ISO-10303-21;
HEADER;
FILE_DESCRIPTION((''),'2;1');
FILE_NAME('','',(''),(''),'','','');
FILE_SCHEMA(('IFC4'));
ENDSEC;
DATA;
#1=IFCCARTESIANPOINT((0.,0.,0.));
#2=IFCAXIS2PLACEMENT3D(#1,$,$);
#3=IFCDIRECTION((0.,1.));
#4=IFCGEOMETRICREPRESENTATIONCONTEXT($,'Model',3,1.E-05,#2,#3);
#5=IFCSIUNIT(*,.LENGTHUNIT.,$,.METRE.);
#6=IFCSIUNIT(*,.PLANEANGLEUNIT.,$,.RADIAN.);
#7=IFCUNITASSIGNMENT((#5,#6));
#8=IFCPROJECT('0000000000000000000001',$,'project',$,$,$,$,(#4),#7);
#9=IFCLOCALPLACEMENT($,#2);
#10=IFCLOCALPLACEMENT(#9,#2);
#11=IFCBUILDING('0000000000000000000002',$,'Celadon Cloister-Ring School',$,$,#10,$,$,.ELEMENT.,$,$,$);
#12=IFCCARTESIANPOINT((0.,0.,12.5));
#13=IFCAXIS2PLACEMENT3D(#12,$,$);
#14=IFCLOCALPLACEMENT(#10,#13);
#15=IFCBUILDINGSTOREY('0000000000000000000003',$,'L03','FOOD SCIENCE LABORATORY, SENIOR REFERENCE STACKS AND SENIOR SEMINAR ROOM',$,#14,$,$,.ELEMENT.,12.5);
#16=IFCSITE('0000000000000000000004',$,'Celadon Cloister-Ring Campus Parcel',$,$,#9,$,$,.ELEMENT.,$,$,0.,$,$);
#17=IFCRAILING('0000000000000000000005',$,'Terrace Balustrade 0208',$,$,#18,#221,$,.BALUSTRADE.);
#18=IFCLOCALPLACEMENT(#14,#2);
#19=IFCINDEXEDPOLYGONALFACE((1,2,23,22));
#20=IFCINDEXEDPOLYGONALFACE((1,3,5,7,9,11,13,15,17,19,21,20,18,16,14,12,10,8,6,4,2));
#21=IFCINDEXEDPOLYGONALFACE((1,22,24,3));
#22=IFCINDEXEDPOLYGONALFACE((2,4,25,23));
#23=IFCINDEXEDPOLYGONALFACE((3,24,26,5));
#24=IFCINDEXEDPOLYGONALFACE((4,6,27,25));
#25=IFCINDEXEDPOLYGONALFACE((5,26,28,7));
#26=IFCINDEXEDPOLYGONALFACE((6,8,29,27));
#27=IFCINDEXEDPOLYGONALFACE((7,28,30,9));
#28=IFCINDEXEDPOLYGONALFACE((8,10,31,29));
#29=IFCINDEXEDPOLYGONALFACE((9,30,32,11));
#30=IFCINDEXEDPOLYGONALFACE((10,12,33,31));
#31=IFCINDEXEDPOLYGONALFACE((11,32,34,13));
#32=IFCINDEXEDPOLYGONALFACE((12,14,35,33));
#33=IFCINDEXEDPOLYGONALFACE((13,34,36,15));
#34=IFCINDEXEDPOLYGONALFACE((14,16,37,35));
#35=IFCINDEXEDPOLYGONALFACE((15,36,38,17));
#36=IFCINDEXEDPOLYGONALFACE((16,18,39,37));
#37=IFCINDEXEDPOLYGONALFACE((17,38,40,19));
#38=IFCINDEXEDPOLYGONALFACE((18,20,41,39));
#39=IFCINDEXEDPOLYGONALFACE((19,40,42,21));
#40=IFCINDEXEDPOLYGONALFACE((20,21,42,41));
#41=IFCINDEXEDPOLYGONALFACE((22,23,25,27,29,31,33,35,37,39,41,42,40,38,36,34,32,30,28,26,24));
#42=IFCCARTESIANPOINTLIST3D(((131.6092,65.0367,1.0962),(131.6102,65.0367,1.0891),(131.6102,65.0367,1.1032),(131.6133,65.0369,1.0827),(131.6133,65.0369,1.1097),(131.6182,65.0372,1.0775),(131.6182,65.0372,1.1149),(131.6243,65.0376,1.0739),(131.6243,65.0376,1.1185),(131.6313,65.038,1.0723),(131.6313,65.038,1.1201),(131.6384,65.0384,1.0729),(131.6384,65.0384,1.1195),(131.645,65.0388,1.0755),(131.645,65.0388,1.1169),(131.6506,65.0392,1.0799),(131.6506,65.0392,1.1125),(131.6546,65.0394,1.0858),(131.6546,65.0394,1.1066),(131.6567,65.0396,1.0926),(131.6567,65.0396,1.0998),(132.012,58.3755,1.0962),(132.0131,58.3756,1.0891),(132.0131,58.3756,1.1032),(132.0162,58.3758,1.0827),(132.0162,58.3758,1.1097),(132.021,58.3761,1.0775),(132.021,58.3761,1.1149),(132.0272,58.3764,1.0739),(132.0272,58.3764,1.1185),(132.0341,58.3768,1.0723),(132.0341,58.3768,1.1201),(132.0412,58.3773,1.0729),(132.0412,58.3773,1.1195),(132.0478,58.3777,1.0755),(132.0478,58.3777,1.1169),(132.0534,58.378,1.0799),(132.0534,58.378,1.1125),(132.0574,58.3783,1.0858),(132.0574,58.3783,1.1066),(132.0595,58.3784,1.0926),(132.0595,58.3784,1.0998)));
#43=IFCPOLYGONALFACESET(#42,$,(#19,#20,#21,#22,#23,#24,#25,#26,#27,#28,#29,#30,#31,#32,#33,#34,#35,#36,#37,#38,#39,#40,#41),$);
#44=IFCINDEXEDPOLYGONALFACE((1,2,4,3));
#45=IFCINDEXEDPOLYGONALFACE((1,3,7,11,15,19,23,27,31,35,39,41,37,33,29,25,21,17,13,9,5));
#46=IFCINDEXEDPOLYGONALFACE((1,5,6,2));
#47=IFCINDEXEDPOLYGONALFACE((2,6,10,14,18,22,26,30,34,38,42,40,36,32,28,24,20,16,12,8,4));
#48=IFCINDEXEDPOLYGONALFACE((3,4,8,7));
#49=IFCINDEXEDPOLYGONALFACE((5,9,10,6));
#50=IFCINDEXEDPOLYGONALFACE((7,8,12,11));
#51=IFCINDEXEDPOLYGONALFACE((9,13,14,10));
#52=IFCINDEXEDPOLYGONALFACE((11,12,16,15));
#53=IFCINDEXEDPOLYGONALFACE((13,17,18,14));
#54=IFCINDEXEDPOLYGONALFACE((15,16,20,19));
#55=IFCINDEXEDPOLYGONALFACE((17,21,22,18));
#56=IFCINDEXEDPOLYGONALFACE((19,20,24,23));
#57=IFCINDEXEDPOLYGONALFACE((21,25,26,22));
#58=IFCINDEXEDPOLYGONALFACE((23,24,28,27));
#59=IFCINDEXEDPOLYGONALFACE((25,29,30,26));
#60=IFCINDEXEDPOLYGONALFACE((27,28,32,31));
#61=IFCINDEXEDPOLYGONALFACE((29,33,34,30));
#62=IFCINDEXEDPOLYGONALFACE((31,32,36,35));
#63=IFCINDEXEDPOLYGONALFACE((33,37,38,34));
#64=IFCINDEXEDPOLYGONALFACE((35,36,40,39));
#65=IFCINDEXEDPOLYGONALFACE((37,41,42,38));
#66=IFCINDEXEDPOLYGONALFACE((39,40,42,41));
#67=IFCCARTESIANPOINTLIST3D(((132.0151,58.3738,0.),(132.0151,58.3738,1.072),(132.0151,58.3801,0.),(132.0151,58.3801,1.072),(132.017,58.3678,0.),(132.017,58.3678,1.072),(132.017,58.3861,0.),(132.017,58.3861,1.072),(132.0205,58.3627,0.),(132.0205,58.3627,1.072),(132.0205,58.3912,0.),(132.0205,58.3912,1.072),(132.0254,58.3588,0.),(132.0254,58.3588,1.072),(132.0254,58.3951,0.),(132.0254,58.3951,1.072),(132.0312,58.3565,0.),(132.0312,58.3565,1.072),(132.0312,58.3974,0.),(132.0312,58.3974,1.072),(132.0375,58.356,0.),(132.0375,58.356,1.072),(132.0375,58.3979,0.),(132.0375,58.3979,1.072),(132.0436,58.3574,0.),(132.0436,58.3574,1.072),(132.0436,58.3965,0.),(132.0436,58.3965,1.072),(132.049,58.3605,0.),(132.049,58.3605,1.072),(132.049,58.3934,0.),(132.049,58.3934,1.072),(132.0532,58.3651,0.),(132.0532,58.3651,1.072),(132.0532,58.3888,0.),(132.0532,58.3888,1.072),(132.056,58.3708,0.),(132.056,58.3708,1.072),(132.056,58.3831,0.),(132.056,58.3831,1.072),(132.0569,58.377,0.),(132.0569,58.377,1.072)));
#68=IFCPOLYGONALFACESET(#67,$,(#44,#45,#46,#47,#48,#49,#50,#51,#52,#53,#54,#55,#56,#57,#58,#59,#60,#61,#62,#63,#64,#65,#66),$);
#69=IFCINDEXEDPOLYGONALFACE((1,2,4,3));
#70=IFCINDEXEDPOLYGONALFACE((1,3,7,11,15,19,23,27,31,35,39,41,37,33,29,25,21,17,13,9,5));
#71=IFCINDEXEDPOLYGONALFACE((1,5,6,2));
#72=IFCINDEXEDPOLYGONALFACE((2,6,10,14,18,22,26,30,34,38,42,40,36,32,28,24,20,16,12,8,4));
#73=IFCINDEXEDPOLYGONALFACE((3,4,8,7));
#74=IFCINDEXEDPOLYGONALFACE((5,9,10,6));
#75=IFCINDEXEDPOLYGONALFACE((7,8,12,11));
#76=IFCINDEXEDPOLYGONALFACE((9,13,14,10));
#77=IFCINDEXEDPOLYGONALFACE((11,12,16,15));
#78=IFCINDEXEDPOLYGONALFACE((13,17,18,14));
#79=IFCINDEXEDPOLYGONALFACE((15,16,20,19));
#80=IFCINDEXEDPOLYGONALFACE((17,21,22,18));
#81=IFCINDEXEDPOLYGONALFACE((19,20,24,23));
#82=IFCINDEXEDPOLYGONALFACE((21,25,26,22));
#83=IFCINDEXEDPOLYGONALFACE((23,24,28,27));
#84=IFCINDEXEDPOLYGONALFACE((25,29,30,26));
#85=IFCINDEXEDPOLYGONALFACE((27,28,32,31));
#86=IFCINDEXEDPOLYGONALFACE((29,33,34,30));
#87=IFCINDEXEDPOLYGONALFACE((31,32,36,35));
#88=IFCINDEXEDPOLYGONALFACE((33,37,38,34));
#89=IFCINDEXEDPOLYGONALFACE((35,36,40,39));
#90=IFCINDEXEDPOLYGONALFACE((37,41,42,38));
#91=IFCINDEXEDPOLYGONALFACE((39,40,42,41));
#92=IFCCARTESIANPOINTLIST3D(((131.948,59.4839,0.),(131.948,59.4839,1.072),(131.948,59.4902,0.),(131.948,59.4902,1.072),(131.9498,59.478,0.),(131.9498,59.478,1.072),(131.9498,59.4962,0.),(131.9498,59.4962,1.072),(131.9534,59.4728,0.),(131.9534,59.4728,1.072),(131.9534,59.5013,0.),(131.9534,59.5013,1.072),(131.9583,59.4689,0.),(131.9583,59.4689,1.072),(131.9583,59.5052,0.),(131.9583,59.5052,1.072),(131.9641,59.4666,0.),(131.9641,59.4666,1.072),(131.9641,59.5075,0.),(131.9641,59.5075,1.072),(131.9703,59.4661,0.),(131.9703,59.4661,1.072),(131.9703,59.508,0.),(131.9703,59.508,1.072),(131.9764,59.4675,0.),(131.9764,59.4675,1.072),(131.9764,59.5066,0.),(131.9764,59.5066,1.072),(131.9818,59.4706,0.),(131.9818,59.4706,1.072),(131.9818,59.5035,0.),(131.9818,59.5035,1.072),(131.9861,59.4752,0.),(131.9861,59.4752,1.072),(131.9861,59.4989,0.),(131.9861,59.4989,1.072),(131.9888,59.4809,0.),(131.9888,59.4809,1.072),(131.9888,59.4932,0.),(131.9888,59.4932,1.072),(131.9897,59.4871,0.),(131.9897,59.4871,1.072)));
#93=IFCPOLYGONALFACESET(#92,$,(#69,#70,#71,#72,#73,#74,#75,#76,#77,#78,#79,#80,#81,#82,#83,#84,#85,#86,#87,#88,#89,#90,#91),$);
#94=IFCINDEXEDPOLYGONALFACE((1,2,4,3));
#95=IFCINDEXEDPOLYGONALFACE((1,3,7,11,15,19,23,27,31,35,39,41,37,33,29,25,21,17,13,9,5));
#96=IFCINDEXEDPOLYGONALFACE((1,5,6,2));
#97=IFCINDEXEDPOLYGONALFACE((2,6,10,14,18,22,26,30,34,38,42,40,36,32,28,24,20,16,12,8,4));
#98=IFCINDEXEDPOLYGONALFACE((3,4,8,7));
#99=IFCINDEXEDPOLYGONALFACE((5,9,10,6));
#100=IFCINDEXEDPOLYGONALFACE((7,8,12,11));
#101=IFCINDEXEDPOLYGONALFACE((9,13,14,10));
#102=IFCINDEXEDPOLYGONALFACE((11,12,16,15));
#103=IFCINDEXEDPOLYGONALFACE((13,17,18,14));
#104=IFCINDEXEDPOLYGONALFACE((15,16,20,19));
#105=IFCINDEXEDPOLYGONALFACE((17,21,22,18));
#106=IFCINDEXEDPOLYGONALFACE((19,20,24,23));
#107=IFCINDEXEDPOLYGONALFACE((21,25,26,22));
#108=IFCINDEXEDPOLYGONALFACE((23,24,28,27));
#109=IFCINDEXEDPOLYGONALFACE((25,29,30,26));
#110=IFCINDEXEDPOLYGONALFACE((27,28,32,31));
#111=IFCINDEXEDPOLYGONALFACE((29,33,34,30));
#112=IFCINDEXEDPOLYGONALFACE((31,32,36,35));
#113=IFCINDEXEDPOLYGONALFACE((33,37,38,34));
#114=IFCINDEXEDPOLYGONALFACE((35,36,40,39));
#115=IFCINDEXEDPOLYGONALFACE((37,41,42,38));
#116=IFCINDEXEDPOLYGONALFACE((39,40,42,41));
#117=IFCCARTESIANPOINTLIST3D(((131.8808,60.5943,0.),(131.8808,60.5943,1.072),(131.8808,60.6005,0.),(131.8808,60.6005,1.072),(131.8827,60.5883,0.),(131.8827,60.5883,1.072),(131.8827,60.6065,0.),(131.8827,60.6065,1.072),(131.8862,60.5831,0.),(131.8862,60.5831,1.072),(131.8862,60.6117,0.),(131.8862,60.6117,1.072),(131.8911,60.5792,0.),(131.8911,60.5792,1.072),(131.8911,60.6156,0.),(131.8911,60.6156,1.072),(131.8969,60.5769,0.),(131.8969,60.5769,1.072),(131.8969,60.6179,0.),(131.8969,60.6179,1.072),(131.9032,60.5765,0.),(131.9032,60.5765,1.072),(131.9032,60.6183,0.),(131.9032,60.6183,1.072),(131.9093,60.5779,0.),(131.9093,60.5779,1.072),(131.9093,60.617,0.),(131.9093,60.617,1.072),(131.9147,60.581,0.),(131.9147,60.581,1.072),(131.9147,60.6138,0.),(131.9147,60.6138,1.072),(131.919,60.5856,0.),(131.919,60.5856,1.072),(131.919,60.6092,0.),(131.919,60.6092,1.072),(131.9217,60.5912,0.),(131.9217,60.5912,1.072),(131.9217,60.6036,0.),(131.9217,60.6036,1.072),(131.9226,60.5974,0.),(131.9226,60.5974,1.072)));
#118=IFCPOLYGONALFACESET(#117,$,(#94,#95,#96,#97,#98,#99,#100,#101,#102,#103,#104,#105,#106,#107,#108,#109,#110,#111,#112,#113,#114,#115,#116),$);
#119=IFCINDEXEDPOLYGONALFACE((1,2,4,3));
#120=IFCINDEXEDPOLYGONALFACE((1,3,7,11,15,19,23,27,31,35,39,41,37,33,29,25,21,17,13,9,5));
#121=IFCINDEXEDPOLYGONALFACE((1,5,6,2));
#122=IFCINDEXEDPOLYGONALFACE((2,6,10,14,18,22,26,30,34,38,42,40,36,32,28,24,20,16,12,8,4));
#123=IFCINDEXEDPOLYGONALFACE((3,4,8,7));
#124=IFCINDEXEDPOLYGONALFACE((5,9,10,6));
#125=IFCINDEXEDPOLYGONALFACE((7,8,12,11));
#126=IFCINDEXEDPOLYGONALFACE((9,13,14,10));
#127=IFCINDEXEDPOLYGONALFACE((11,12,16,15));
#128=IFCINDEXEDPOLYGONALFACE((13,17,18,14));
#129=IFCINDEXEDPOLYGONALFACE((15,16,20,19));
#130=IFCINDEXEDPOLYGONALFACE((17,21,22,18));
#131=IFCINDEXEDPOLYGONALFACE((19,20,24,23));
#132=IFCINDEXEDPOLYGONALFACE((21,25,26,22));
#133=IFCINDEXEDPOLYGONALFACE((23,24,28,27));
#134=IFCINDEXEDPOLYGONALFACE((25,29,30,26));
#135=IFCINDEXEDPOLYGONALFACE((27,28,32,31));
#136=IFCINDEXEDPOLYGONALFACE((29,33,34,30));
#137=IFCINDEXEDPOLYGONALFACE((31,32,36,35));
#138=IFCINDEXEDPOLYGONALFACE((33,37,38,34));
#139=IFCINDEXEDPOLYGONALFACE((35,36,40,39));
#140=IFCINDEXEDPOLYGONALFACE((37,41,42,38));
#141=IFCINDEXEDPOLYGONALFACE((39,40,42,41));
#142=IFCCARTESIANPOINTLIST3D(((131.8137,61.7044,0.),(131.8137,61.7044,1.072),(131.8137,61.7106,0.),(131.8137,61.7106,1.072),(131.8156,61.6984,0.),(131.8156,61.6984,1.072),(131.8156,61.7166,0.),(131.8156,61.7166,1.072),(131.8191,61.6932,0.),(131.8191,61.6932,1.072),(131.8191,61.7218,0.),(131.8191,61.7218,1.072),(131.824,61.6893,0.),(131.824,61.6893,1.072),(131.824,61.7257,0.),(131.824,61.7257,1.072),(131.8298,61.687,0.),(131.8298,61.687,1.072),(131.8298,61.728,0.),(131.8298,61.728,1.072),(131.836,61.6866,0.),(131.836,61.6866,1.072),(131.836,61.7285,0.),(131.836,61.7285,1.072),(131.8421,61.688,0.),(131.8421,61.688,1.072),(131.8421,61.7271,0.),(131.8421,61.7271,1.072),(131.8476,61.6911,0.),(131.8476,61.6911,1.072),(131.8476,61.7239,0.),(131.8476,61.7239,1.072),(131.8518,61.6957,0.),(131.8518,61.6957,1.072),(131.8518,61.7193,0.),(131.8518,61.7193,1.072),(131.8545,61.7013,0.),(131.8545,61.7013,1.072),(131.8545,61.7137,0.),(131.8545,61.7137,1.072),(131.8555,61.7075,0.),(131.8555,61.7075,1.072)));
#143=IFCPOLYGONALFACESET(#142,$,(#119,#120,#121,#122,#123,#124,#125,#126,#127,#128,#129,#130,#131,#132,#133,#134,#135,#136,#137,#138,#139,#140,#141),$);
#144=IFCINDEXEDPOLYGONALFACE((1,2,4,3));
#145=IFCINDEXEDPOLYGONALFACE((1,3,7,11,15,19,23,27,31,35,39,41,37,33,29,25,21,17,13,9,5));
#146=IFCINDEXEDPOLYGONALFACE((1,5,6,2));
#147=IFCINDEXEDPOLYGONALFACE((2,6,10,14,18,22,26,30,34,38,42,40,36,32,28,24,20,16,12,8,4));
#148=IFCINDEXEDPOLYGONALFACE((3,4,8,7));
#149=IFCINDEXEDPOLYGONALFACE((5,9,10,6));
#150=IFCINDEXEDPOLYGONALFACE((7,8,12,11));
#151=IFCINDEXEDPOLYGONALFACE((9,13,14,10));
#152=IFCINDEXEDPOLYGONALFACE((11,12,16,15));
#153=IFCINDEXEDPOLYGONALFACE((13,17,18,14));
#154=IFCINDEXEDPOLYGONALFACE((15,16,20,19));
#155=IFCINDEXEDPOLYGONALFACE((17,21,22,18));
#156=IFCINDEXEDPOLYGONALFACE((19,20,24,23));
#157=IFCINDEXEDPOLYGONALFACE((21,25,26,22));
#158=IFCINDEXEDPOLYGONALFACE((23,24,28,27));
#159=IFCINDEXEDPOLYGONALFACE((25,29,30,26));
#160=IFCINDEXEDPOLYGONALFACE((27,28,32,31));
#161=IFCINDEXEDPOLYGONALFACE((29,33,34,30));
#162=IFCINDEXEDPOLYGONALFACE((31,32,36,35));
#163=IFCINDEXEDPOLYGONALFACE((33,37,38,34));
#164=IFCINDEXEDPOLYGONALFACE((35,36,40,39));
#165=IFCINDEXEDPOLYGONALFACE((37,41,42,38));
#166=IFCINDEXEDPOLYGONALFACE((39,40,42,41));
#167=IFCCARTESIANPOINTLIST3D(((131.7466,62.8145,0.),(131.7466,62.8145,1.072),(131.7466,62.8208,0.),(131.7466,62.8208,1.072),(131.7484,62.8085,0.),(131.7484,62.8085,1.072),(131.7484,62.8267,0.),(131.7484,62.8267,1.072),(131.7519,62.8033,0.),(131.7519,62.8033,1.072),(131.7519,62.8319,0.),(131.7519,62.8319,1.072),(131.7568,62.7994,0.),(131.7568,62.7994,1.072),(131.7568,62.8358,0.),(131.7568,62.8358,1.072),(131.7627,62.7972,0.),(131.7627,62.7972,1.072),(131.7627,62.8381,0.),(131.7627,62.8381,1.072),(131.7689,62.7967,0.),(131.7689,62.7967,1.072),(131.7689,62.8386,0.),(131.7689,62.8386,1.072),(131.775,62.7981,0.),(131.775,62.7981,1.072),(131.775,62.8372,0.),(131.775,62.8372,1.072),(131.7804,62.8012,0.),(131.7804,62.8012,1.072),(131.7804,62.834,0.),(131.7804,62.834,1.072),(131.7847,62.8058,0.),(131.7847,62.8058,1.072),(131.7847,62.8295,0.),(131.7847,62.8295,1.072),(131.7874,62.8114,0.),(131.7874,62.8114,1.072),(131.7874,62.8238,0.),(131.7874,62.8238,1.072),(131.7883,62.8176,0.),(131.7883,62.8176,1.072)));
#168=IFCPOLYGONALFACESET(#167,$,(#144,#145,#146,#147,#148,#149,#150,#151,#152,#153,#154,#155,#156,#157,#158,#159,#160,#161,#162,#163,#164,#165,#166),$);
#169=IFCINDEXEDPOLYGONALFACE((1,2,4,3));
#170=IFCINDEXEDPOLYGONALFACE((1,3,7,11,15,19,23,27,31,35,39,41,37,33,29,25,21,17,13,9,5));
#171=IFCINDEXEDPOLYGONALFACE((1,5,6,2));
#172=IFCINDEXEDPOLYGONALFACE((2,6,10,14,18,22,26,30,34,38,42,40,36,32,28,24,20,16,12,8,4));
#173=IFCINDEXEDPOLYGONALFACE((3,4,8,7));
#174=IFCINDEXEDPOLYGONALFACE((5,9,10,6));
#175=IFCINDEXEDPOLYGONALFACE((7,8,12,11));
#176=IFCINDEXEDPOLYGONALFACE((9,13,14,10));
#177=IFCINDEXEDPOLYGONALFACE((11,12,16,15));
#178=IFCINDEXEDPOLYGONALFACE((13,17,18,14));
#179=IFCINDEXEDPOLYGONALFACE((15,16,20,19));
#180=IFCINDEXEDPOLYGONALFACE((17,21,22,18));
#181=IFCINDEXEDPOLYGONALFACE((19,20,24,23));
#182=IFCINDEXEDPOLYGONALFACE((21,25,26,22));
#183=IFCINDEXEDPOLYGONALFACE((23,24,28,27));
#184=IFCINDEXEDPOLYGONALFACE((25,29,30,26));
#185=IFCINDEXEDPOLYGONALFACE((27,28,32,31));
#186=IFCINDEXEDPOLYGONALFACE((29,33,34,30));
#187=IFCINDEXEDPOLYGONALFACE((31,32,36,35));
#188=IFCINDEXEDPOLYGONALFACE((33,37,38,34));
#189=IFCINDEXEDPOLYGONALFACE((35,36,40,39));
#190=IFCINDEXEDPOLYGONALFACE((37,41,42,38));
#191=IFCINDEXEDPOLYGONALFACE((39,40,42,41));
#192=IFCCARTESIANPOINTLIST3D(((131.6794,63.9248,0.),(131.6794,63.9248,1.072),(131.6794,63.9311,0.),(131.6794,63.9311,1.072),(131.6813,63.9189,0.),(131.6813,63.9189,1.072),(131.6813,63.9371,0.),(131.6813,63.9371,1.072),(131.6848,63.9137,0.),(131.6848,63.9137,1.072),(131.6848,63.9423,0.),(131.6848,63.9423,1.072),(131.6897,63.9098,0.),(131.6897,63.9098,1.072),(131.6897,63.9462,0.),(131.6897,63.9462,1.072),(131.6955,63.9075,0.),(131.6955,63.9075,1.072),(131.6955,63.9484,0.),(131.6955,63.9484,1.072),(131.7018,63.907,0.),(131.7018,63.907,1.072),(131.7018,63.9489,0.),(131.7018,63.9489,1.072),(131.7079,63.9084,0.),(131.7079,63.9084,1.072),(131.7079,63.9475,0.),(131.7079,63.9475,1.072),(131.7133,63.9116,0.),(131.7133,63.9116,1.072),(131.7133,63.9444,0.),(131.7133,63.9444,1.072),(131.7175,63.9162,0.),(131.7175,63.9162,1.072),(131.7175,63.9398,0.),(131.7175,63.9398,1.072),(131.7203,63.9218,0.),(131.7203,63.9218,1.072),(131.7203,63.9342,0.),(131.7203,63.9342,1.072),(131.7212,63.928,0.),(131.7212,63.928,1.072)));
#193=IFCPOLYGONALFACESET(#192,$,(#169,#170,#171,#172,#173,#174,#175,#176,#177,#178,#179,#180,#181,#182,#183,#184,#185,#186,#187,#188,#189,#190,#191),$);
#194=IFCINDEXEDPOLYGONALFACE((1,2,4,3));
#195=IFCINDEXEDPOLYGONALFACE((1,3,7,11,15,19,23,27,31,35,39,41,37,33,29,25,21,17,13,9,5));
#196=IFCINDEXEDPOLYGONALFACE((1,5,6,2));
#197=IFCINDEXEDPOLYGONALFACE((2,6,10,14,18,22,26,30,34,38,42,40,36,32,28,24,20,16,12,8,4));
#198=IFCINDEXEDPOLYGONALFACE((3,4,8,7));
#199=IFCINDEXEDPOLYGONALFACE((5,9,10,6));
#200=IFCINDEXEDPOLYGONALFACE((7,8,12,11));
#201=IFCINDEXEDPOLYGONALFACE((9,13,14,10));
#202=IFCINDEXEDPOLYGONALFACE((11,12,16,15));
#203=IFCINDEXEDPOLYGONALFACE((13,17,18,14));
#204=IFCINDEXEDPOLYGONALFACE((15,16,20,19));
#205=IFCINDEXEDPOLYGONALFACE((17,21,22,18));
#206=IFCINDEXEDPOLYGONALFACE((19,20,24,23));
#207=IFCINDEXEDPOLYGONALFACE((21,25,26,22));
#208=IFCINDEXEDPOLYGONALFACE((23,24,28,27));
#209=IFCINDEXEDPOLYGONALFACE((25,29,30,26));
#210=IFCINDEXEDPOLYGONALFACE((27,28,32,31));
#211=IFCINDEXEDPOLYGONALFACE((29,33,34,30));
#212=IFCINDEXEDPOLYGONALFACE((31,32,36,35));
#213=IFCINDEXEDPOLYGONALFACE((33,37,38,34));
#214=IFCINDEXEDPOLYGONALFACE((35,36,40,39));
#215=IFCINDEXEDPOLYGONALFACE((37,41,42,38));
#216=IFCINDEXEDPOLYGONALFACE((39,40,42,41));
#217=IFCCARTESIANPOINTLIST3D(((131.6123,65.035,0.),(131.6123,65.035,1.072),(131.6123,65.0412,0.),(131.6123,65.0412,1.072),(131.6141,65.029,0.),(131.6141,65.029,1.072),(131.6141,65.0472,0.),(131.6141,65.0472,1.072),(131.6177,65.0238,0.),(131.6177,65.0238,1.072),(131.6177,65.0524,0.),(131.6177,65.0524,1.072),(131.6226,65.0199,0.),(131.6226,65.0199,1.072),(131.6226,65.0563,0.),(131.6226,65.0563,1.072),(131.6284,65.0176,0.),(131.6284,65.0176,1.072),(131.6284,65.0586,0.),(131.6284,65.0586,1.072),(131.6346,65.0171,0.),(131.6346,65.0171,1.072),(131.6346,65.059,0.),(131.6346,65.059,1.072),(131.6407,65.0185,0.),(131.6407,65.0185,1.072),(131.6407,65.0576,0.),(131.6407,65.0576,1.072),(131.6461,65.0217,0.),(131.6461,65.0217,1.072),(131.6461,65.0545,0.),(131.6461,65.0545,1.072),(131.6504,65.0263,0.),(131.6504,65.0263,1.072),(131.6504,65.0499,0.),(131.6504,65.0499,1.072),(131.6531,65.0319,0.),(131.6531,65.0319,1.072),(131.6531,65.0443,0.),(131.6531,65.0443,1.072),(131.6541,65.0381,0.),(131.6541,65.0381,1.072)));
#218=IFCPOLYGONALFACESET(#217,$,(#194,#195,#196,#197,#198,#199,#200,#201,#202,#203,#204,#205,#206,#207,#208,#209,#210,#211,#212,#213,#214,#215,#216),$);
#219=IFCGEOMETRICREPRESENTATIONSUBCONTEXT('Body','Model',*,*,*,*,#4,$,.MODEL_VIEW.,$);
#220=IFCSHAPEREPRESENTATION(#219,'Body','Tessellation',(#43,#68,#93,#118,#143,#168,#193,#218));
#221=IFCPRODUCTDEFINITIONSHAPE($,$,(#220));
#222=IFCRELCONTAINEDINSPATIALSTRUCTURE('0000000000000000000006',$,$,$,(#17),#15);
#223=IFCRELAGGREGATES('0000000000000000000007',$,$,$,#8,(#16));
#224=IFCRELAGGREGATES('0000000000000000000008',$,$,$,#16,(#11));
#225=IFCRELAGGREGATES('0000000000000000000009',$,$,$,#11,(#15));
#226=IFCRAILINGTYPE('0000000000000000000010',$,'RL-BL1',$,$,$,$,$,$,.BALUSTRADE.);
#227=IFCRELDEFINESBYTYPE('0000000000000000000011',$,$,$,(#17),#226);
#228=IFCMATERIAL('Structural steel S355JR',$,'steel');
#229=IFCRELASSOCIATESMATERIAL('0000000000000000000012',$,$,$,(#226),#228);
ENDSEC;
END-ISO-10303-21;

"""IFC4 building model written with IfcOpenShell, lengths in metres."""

from ifc_helpers import new_model, si_unit, direction, frame, origin, origin_2d, place, context, subcontext, project, spatial, circle, extrude, material, type_object, element, save


model = new_model("IFC4")

# Units and contexts
model_context = context("Model", 3, precision=1e-05, world=origin(), true_north=direction((0.0, 1.0)))
body_context = subcontext(model_context, "Body", "Model", "MODEL_VIEW")
ifc_project = project(units=[si_unit("LENGTHUNIT", "METRE"), si_unit("PLANEANGLEUNIT", "RADIAN")], contexts=[model_context])

# Site, building, storey
site_placement = place(None, origin())
site = spatial("IfcSite", under=ifc_project, at=site_placement, Name="Celadon Cloister-Ring Campus Parcel", CompositionType="ELEMENT", RefElevation=0.0)
building_placement = place(site_placement, origin())
building = spatial("IfcBuilding", under=site, at=building_placement, Name="Celadon Cloister-Ring School", CompositionType="ELEMENT")
storey_placement = place(building_placement, frame((0.0, 0.0, 12.5)))
storey = spatial("IfcBuildingStorey", under=building, at=storey_placement, Name="L03", Description="FOOD SCIENCE LABORATORY, SENIOR REFERENCE STACKS AND SENIOR SEMINAR ROOM", CompositionType="ELEMENT", Elevation=12.5)

# Railing
ifc_material_1 = material(Name="Structural steel S355JR", Category="steel")
railing_type_1 = type_object("IfcRailingType", Name="RL-BL1", PredefinedType="BALUSTRADE", material=ifc_material_1)
railing_1_placement = place(storey_placement, frame((132.0359, 58.377, 0.0)))
element("IfcRailing", 1, at=railing_1_placement, inside=storey, type_object=railing_type_1, Name="Terrace Balustrade 0208", PredefinedType="BALUSTRADE", context=body_context, shape_type="SweptSolid", body=[
    extrude(circle(Radius=0.0239, at=origin_2d()), frame((0.0, 0.0, 1.0962), z_axis=(-0.060365, 0.998176, 0.0), x_axis=(-0.998176, -0.060365, 0.0)), (0.0, 0.0, 1.0), 6.6733),
    extrude(circle(Radius=0.021, at=origin_2d()), origin(), (0.0, 0.0, 1.0), 1.072),
    extrude(circle(Radius=0.021, at=origin_2d()), frame((-0.0671, 1.1101, 0.0)), (0.0, 0.0, 1.0), 1.072),
    extrude(circle(Radius=0.021, at=origin_2d()), frame((-0.1343, 2.2205, 0.0)), (0.0, 0.0, 1.0), 1.072),
    extrude(circle(Radius=0.021, at=origin_2d()), frame((-0.2014, 3.3306, 0.0)), (0.0, 0.0, 1.0), 1.072),
    extrude(circle(Radius=0.021, at=origin_2d()), frame((-0.2686, 4.4407, 0.0)), (0.0, 0.0, 1.0), 1.072),
    extrude(circle(Radius=0.021, at=origin_2d()), frame((-0.3357, 5.551, 0.0)), (0.0, 0.0, 1.0), 1.072),
    extrude(circle(Radius=0.021, at=origin_2d()), frame((-0.4028, 6.6611, 0.0)), (0.0, 0.0, 1.0), 1.072),
])

save(model, "model.ifc")
